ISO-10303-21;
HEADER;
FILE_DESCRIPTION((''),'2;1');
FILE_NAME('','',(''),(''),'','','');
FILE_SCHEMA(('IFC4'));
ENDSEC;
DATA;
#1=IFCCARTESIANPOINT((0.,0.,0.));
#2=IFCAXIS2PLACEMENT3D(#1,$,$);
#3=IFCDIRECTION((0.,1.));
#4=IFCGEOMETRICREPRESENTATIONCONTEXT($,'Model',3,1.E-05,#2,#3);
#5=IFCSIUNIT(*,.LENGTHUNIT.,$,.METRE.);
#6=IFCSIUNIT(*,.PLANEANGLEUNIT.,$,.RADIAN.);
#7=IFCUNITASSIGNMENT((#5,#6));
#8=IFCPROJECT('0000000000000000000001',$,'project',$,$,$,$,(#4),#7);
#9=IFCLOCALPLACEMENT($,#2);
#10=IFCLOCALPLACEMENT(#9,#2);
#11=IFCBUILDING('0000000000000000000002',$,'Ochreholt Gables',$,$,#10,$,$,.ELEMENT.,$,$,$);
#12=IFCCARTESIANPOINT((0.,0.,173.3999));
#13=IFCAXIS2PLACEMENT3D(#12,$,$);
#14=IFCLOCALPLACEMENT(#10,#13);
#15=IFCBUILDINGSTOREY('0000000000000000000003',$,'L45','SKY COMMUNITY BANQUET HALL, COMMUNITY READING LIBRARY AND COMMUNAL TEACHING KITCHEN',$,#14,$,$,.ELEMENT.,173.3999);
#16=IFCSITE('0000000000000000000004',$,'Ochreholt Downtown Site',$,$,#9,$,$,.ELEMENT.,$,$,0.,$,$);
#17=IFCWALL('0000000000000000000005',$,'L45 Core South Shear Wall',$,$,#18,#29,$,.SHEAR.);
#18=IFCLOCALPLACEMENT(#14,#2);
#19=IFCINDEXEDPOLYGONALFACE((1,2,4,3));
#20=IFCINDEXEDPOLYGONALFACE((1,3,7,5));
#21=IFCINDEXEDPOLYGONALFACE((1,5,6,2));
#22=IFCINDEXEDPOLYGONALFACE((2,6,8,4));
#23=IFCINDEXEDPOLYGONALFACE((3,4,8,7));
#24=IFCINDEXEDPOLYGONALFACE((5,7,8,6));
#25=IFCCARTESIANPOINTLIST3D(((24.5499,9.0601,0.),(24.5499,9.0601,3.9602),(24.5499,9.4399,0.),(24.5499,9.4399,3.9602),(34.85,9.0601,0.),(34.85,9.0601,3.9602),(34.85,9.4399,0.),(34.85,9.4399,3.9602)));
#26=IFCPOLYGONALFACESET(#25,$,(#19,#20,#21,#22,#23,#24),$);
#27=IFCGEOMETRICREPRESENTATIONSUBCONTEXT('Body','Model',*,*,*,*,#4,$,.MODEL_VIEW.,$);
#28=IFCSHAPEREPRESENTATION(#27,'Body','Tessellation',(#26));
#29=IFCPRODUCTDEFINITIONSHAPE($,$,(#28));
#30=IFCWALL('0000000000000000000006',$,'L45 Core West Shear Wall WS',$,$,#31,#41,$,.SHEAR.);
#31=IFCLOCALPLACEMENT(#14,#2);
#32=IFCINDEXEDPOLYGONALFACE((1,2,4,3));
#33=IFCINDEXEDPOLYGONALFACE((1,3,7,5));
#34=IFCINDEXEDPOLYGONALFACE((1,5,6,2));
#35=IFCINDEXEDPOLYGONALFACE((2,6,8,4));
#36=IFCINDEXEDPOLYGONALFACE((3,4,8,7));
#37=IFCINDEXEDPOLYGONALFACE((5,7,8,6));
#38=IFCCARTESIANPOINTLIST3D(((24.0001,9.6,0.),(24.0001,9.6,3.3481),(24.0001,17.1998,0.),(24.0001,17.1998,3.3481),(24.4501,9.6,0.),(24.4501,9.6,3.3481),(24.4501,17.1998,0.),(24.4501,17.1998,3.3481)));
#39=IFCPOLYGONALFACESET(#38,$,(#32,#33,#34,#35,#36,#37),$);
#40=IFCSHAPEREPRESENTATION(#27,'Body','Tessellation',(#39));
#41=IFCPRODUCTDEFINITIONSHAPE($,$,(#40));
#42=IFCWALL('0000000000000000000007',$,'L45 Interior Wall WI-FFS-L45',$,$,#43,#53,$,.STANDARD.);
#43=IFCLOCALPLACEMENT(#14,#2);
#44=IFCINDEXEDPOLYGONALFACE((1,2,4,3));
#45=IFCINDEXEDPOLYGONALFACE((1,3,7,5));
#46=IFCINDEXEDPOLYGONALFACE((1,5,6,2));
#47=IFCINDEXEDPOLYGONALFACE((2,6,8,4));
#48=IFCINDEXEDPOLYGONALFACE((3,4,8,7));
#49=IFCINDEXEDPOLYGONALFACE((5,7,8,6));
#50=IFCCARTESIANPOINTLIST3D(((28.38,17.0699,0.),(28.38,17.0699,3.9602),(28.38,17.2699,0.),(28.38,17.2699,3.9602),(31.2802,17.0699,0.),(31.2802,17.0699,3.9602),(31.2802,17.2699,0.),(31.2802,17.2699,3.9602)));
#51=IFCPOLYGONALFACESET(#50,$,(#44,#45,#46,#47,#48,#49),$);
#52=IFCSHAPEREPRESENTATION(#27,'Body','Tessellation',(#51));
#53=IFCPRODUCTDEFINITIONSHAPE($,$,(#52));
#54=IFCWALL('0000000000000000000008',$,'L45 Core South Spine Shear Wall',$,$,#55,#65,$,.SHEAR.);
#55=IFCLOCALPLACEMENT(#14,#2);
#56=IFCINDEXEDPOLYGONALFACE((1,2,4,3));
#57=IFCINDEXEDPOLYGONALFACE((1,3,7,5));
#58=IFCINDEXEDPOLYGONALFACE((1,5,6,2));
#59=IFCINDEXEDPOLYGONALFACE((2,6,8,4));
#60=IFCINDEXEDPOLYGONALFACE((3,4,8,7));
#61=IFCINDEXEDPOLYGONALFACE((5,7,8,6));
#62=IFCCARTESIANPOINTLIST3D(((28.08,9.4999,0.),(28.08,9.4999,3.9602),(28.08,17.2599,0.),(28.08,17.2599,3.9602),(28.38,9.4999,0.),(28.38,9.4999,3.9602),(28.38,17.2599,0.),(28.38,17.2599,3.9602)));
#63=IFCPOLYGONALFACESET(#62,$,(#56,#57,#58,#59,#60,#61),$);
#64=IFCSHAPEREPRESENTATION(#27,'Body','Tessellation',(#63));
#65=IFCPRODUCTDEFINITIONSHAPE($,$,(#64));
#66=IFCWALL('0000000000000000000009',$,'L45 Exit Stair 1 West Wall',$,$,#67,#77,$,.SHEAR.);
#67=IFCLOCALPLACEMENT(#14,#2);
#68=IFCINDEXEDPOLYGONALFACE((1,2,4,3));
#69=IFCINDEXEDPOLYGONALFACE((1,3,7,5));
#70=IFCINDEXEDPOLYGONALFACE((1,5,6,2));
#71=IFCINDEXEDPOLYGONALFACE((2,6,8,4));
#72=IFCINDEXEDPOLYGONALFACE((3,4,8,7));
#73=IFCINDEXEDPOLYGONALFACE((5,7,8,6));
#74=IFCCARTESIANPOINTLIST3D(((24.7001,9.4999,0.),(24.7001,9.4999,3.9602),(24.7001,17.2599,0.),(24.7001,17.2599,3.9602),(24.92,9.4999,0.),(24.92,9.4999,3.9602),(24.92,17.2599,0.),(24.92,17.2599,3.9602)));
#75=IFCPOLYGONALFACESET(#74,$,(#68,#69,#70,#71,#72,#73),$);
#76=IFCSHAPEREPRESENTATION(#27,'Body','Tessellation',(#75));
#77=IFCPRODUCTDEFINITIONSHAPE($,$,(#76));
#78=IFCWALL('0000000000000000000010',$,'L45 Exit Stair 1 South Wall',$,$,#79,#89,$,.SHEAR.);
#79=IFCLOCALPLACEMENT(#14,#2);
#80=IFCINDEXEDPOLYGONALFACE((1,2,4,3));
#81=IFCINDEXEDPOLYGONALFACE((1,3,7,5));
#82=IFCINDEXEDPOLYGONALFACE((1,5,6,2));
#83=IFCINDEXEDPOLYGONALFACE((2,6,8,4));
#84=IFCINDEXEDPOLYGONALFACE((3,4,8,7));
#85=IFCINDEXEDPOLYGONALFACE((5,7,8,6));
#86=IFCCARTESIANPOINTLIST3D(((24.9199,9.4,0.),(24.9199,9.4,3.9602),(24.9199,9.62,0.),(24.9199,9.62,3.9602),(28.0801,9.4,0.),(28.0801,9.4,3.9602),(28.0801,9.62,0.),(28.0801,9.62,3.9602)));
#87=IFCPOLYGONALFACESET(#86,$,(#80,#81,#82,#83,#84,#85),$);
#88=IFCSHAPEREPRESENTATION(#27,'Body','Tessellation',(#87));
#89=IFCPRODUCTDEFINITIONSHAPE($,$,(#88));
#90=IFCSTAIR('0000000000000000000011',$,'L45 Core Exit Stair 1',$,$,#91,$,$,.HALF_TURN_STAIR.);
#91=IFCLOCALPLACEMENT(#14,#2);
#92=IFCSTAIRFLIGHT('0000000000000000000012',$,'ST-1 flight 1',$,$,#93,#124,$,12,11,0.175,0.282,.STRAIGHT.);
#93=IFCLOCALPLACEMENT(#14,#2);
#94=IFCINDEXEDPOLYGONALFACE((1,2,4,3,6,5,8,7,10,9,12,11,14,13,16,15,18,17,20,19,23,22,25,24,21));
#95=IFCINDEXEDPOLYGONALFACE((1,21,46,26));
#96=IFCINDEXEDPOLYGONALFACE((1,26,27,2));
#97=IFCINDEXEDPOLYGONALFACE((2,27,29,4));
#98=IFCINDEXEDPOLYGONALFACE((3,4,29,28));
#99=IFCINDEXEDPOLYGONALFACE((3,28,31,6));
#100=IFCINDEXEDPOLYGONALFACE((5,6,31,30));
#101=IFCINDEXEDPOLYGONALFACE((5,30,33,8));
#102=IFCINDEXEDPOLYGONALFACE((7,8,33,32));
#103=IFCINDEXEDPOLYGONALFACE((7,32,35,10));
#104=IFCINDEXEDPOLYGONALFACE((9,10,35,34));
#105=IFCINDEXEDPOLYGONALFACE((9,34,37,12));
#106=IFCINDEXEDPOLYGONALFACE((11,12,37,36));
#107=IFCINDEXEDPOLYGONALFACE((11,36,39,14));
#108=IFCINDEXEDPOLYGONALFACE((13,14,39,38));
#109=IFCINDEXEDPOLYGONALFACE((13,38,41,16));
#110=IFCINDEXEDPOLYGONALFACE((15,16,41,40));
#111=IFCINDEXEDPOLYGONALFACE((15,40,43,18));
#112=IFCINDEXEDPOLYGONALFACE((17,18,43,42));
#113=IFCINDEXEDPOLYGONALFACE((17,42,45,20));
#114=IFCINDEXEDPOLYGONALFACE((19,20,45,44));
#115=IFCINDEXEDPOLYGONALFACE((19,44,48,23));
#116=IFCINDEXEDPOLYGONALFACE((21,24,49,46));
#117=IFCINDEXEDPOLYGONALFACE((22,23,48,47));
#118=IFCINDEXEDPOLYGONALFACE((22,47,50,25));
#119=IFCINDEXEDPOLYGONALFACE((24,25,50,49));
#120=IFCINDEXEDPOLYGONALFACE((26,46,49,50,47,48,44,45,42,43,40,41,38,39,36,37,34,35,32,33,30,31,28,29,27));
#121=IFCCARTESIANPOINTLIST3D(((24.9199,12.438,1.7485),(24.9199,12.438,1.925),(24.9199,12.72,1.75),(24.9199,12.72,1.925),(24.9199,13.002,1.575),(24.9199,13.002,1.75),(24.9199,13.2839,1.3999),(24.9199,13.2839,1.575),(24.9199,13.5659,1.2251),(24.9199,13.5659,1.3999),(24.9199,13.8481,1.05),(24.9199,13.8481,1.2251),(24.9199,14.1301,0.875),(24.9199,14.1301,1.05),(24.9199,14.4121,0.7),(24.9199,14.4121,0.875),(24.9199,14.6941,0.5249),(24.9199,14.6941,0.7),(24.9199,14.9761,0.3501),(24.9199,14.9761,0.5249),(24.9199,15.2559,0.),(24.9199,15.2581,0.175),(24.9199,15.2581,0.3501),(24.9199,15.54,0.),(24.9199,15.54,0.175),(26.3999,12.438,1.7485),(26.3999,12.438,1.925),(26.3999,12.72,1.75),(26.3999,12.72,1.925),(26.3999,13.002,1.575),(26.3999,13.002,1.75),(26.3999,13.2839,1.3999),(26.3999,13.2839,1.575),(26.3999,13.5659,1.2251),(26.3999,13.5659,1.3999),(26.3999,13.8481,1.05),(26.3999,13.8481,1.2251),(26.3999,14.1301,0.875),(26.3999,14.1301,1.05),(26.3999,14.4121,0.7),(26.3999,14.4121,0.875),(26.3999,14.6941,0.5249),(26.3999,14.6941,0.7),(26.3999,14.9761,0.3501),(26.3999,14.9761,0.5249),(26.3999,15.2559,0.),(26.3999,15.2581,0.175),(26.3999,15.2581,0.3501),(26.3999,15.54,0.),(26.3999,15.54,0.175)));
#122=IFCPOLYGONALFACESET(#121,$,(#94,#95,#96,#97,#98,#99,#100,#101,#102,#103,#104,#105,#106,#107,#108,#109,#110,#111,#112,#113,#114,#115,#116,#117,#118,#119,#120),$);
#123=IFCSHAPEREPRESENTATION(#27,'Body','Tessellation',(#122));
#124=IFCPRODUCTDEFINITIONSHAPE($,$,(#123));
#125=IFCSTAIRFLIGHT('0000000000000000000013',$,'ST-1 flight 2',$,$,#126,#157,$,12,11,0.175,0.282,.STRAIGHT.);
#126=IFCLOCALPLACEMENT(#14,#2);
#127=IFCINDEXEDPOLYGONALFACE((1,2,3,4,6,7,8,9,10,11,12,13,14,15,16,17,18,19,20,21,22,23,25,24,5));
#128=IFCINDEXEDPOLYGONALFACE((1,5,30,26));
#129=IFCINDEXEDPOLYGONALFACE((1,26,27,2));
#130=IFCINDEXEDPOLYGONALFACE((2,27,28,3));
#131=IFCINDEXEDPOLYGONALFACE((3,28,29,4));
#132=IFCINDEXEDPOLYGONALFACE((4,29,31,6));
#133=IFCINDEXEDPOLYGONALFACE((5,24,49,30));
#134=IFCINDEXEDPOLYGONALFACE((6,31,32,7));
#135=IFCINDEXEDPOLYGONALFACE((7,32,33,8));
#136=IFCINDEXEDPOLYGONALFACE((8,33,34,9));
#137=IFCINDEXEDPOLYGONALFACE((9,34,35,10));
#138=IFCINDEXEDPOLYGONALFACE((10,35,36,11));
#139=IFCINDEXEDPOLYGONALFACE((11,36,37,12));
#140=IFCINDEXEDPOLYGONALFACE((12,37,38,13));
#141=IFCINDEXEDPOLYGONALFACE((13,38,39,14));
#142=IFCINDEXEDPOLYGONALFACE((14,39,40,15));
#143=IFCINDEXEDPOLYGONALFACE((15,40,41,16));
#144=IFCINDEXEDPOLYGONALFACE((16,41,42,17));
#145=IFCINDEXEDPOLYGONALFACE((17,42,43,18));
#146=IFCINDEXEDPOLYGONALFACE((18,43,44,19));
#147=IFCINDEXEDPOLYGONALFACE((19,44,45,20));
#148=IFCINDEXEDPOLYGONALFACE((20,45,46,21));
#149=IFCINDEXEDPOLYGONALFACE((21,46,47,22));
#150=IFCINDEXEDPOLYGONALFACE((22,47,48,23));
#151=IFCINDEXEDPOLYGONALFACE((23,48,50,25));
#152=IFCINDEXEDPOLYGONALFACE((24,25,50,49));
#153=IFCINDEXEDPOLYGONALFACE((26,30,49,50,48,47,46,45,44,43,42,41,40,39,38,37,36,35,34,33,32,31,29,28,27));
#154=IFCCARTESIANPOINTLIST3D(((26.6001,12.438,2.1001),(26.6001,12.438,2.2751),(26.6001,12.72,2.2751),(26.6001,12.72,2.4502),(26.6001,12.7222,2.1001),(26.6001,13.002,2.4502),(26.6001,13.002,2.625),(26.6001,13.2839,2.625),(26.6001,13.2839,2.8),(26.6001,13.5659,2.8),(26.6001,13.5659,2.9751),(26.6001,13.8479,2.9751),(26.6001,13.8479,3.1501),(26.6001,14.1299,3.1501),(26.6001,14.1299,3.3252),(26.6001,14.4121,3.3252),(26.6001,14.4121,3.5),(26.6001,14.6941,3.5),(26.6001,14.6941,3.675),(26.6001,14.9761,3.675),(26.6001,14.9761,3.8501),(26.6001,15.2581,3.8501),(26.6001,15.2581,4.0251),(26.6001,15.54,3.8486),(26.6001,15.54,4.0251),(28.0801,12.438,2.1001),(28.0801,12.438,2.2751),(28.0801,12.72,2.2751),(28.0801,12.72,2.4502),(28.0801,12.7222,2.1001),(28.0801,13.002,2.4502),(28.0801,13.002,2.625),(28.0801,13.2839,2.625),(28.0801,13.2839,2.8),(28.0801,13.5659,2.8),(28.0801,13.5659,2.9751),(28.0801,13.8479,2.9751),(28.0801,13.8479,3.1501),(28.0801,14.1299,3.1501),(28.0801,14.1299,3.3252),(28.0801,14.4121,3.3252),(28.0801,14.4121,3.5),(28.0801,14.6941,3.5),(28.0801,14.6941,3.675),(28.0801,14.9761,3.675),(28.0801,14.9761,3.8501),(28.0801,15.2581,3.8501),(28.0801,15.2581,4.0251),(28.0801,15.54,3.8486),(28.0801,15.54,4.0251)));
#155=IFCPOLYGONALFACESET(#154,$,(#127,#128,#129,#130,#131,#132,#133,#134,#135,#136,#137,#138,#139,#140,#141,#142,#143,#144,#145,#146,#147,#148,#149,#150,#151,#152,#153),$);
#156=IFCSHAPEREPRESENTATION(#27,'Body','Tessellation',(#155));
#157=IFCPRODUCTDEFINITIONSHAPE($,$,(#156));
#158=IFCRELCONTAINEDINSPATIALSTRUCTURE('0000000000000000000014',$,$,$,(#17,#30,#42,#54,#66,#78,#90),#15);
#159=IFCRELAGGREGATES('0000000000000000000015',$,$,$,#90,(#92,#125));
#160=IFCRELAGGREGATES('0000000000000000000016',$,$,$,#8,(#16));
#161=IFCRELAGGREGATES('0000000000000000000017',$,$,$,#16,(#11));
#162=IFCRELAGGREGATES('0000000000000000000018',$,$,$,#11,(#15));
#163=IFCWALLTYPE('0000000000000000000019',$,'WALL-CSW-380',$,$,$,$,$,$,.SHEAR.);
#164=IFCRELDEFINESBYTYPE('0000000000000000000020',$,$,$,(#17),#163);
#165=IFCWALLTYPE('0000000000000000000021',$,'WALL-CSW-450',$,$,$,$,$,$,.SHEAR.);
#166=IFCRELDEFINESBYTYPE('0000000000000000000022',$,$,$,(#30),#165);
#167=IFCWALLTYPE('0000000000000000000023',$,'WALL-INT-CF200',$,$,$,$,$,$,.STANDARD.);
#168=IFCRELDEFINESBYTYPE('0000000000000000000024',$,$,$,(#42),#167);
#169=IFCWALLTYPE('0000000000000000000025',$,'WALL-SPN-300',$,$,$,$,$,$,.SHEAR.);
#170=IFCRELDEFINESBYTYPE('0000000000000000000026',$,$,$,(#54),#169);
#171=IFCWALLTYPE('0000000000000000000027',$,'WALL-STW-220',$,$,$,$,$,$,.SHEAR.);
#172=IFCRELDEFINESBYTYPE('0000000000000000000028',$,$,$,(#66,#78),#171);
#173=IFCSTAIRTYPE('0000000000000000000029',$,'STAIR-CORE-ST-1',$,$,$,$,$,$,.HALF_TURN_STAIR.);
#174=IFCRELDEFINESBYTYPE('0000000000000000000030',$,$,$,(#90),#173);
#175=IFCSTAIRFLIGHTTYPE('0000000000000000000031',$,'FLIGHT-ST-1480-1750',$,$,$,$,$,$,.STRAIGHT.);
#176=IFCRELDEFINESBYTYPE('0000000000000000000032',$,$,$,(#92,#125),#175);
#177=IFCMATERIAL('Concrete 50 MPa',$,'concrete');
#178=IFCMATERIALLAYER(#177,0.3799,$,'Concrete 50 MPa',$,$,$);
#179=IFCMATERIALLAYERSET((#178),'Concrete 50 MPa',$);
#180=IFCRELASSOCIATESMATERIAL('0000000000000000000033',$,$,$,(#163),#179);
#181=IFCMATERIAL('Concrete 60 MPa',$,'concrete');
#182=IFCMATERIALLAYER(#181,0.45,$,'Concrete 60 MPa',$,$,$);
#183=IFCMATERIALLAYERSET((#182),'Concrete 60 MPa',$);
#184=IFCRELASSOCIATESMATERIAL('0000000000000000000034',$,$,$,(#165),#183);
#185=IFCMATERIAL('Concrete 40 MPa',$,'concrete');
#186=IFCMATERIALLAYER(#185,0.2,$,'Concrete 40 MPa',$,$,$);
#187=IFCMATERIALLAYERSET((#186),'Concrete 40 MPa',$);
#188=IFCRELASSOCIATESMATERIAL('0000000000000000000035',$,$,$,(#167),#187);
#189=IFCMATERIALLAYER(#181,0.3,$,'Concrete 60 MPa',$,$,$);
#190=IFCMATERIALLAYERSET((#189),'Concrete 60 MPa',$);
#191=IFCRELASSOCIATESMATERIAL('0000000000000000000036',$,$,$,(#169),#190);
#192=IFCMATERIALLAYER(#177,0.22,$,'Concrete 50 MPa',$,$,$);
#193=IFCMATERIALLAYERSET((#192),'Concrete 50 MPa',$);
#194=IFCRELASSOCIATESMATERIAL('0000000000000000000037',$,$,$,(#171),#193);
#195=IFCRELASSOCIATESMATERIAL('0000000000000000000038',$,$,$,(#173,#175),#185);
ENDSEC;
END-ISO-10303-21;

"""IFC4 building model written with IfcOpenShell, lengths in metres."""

from ifc_helpers import new_model, si_unit, direction, frame, frame_2d, origin, place, context, subcontext, project, spatial, polyline, rectangle, outline, extrude, material, layer, layer_set, type_object, element, aggregate, save


model = new_model("IFC4")

# Units and contexts
model_context = context("Model", 3, precision=1e-05, world=origin(), true_north=direction((0.0, 1.0)))
body_context = subcontext(model_context, "Body", "Model", "MODEL_VIEW")
ifc_project = project(units=[si_unit("LENGTHUNIT", "METRE"), si_unit("PLANEANGLEUNIT", "RADIAN")], contexts=[model_context])

# Site, building, storey
site_placement = place(None, origin())
site = spatial("IfcSite", under=ifc_project, at=site_placement, Name="Ochreholt Downtown Site", CompositionType="ELEMENT", RefElevation=0.0)
building_placement = place(site_placement, origin())
building = spatial("IfcBuilding", under=site, at=building_placement, Name="Ochreholt Gables", CompositionType="ELEMENT")
storey_placement = place(building_placement, frame((0.0, 0.0, 173.3999)))
storey = spatial("IfcBuildingStorey", under=building, at=storey_placement, Name="L45", Description="SKY COMMUNITY BANQUET HALL, COMMUNITY READING LIBRARY AND COMMUNAL TEACHING KITCHEN", CompositionType="ELEMENT", Elevation=173.3999)

# Shared definitions
ifc_material_1 = material(Name="Concrete 50 MPa", Category="concrete")

# Walls
ifc_layer_1 = layer(ifc_material_1, 0.3799, Name="Concrete 50 MPa")
ifc_layer_set_1 = layer_set([ifc_layer_1], Name="Concrete 50 MPa")
wall_type_1 = type_object("IfcWallType", Name="WALL-CSW-380", PredefinedType="SHEAR", material=ifc_layer_set_1)
wall_1_placement = place(storey_placement, frame((24.55, 9.25, 0.0), z_axis=(0.0, 0.0, 1.0), x_axis=(1.0, 0.0, 0.0)))
element("IfcWall", 1, at=wall_1_placement, inside=storey, type_object=wall_type_1, Name="L45 Core South Shear Wall", PredefinedType="SHEAR", context=body_context, shape_type="SweptSolid", body=[
    extrude(rectangle(XDim=10.3, YDim=0.3799, at=frame_2d((5.1499, 0.0))), origin(), (0.0, 0.0, 1.0), 3.9602),
])
ifc_material_2 = material(Name="Concrete 60 MPa", Category="concrete")
ifc_layer_2 = layer(ifc_material_2, 0.45, Name="Concrete 60 MPa")
ifc_layer_set_2 = layer_set([ifc_layer_2], Name="Concrete 60 MPa")
wall_type_2 = type_object("IfcWallType", Name="WALL-CSW-450", PredefinedType="SHEAR", material=ifc_layer_set_2)
wall_2_placement = place(storey_placement, frame((24.2251, 9.6001, 0.0), z_axis=(0.0, 0.0, 1.0), x_axis=(0.0, 1.0, 0.0)))
element("IfcWall", 2, at=wall_2_placement, inside=storey, type_object=wall_type_2, Name="L45 Core West Shear Wall WS", PredefinedType="SHEAR", context=body_context, shape_type="SweptSolid", body=[
    extrude(rectangle(XDim=7.5999, YDim=0.45, at=frame_2d((3.7998, 0.0))), origin(), (0.0, 0.0, 1.0), 3.3481),
])
ifc_material_3 = material(Name="Concrete 40 MPa", Category="concrete")
ifc_layer_3 = layer(ifc_material_3, 0.2, Name="Concrete 40 MPa")
ifc_layer_set_3 = layer_set([ifc_layer_3], Name="Concrete 40 MPa")
wall_type_3 = type_object("IfcWallType", Name="WALL-INT-CF200", PredefinedType="STANDARD", material=ifc_layer_set_3)
wall_3_placement = place(storey_placement, frame((28.3799, 17.1699, 0.0), z_axis=(0.0, 0.0, 1.0), x_axis=(1.0, 0.0, 0.0)))
element("IfcWall", 3, at=wall_3_placement, inside=storey, type_object=wall_type_3, Name="L45 Interior Wall WI-FFS-L45", PredefinedType="STANDARD", context=body_context, shape_type="SweptSolid", body=[
    extrude(rectangle(XDim=2.9001, YDim=0.2, at=frame_2d((1.4502, 0.0))), origin(), (0.0, 0.0, 1.0), 3.9602),
])

# Walls
ifc_layer_4 = layer(ifc_material_2, 0.3, Name="Concrete 60 MPa")
ifc_layer_set_4 = layer_set([ifc_layer_4], Name="Concrete 60 MPa")
wall_type_4 = type_object("IfcWallType", Name="WALL-SPN-300", PredefinedType="SHEAR", material=ifc_layer_set_4)
wall_4_placement = place(storey_placement, frame((28.23, 9.5, 0.0), z_axis=(0.0, 0.0, 1.0), x_axis=(0.0, 1.0, 0.0)))
element("IfcWall", 4, at=wall_4_placement, inside=storey, type_object=wall_type_4, Name="L45 Core South Spine Shear Wall", PredefinedType="SHEAR", context=body_context, shape_type="SweptSolid", body=[
    extrude(rectangle(XDim=7.76, YDim=0.3, at=frame_2d((3.8799, 0.0))), origin(), (0.0, 0.0, 1.0), 3.9602),
])
ifc_layer_5 = layer(ifc_material_1, 0.22, Name="Concrete 50 MPa")
ifc_layer_set_5 = layer_set([ifc_layer_5], Name="Concrete 50 MPa")
wall_type_5 = type_object("IfcWallType", Name="WALL-STW-220", PredefinedType="SHEAR", material=ifc_layer_set_5)
wall_5_placement = place(storey_placement, frame((24.8101, 9.5, 0.0), z_axis=(0.0, 0.0, 1.0), x_axis=(0.0, 1.0, 0.0)))
element("IfcWall", 5, at=wall_5_placement, inside=storey, type_object=wall_type_5, Name="L45 Exit Stair 1 West Wall", PredefinedType="SHEAR", context=body_context, shape_type="SweptSolid", body=[
    extrude(rectangle(XDim=7.76, YDim=0.22, at=frame_2d((3.8799, 0.0))), origin(), (0.0, 0.0, 1.0), 3.9602),
])
wall_6_placement = place(storey_placement, frame((24.9199, 9.51, 0.0), z_axis=(0.0, 0.0, 1.0), x_axis=(1.0, 0.0, 0.0)))
element("IfcWall", 6, at=wall_6_placement, inside=storey, type_object=wall_type_5, Name="L45 Exit Stair 1 South Wall", PredefinedType="SHEAR", context=body_context, shape_type="SweptSolid", body=[
    extrude(rectangle(XDim=3.1602, YDim=0.22, at=frame_2d((1.5801, 0.0))), origin(), (0.0, 0.0, 1.0), 3.9602),
])

# Stair, stair flights
stair_type = type_object("IfcStairType", Name="STAIR-CORE-ST-1", PredefinedType="HALF_TURN_STAIR", material=ifc_material_3)
stair_placement = place(storey_placement, origin())
stair = element("IfcStair", 7, at=stair_placement, inside=storey, type_object=stair_type, Name="L45 Core Exit Stair 1", PredefinedType="HALF_TURN_STAIR")
stair_flight_type = type_object("IfcStairFlightType", Name="FLIGHT-ST-1480-1750", PredefinedType="STRAIGHT", material=ifc_material_3)
stair_flight_1_placement = place(storey_placement, frame((25.6599, 15.54, 0.0), z_axis=(0.0, 0.0, 1.0), x_axis=(0.0, -1.0, 0.0)))
stair_flight_1 = element("IfcStairFlight", 8, at=stair_flight_1_placement, type_object=stair_flight_type, Name="ST-1 flight 1", NumberOfRisers=12, NumberOfTreads=11, PredefinedType="STRAIGHT", RiserHeight=0.175, TreadLength=0.282, context=body_context, shape_type="SweptSolid", body=[
    extrude(outline(polyline([(0.0, 0.0), (0.0, 0.175), (0.282, 0.175), (0.282, 0.3501), (0.564, 0.3501), (0.564, 0.5249), (0.8459, 0.5249), (0.8459, 0.7), (1.1279, 0.7), (1.1279, 0.875), (1.4099, 0.875), (1.4099, 1.05), (1.6919, 1.05), (1.6919, 1.2251), (1.9741, 1.2251), (1.9741, 1.3999), (2.2561, 1.3999), (2.2561, 1.575), (2.5381, 1.575), (2.5381, 1.75), (2.8201, 1.75), (2.8201, 1.925), (3.1021, 1.925), (3.1021, 2.1001), (3.1021, 1.7485), (0.2842, 0.0), (0.0, 0.0)])), frame((0.0, 0.74, 0.0), z_axis=(0.0, -1.0, 0.0), x_axis=(1.0, 0.0, 0.0)), (0.0, 0.0, 1.0), 1.48),
])
stair_flight_2_placement = place(storey_placement, frame((27.3401, 12.438, 2.1001), z_axis=(0.0, 0.0, 1.0), x_axis=(0.0, 1.0, 0.0)))
stair_flight_2 = element("IfcStairFlight", 9, at=stair_flight_2_placement, type_object=stair_flight_type, Name="ST-1 flight 2", NumberOfRisers=12, NumberOfTreads=11, PredefinedType="STRAIGHT", RiserHeight=0.175, TreadLength=0.282, context=body_context, shape_type="SweptSolid", body=[
    extrude(outline(polyline([(0.0, 0.0), (0.0, 0.175), (0.282, 0.175), (0.282, 0.3501), (0.564, 0.3501), (0.564, 0.5249), (0.8459, 0.5249), (0.8459, 0.7), (1.1279, 0.7), (1.1279, 0.875), (1.4099, 0.875), (1.4099, 1.05), (1.6919, 1.05), (1.6919, 1.2251), (1.9741, 1.2251), (1.9741, 1.3999), (2.2561, 1.3999), (2.2561, 1.575), (2.5381, 1.575), (2.5381, 1.75), (2.8201, 1.75), (2.8201, 1.925), (3.1021, 1.925), (3.1021, 2.1001), (3.1021, 1.7485), (0.2842, 0.0), (0.0, 0.0)])), frame((0.0, 0.74, 0.0), z_axis=(0.0, -1.0, 0.0), x_axis=(1.0, 0.0, 0.0)), (0.0, 0.0, 1.0), 1.48),
])
aggregate(stair, [stair_flight_1, stair_flight_2])

save(model, "model.ifc")
